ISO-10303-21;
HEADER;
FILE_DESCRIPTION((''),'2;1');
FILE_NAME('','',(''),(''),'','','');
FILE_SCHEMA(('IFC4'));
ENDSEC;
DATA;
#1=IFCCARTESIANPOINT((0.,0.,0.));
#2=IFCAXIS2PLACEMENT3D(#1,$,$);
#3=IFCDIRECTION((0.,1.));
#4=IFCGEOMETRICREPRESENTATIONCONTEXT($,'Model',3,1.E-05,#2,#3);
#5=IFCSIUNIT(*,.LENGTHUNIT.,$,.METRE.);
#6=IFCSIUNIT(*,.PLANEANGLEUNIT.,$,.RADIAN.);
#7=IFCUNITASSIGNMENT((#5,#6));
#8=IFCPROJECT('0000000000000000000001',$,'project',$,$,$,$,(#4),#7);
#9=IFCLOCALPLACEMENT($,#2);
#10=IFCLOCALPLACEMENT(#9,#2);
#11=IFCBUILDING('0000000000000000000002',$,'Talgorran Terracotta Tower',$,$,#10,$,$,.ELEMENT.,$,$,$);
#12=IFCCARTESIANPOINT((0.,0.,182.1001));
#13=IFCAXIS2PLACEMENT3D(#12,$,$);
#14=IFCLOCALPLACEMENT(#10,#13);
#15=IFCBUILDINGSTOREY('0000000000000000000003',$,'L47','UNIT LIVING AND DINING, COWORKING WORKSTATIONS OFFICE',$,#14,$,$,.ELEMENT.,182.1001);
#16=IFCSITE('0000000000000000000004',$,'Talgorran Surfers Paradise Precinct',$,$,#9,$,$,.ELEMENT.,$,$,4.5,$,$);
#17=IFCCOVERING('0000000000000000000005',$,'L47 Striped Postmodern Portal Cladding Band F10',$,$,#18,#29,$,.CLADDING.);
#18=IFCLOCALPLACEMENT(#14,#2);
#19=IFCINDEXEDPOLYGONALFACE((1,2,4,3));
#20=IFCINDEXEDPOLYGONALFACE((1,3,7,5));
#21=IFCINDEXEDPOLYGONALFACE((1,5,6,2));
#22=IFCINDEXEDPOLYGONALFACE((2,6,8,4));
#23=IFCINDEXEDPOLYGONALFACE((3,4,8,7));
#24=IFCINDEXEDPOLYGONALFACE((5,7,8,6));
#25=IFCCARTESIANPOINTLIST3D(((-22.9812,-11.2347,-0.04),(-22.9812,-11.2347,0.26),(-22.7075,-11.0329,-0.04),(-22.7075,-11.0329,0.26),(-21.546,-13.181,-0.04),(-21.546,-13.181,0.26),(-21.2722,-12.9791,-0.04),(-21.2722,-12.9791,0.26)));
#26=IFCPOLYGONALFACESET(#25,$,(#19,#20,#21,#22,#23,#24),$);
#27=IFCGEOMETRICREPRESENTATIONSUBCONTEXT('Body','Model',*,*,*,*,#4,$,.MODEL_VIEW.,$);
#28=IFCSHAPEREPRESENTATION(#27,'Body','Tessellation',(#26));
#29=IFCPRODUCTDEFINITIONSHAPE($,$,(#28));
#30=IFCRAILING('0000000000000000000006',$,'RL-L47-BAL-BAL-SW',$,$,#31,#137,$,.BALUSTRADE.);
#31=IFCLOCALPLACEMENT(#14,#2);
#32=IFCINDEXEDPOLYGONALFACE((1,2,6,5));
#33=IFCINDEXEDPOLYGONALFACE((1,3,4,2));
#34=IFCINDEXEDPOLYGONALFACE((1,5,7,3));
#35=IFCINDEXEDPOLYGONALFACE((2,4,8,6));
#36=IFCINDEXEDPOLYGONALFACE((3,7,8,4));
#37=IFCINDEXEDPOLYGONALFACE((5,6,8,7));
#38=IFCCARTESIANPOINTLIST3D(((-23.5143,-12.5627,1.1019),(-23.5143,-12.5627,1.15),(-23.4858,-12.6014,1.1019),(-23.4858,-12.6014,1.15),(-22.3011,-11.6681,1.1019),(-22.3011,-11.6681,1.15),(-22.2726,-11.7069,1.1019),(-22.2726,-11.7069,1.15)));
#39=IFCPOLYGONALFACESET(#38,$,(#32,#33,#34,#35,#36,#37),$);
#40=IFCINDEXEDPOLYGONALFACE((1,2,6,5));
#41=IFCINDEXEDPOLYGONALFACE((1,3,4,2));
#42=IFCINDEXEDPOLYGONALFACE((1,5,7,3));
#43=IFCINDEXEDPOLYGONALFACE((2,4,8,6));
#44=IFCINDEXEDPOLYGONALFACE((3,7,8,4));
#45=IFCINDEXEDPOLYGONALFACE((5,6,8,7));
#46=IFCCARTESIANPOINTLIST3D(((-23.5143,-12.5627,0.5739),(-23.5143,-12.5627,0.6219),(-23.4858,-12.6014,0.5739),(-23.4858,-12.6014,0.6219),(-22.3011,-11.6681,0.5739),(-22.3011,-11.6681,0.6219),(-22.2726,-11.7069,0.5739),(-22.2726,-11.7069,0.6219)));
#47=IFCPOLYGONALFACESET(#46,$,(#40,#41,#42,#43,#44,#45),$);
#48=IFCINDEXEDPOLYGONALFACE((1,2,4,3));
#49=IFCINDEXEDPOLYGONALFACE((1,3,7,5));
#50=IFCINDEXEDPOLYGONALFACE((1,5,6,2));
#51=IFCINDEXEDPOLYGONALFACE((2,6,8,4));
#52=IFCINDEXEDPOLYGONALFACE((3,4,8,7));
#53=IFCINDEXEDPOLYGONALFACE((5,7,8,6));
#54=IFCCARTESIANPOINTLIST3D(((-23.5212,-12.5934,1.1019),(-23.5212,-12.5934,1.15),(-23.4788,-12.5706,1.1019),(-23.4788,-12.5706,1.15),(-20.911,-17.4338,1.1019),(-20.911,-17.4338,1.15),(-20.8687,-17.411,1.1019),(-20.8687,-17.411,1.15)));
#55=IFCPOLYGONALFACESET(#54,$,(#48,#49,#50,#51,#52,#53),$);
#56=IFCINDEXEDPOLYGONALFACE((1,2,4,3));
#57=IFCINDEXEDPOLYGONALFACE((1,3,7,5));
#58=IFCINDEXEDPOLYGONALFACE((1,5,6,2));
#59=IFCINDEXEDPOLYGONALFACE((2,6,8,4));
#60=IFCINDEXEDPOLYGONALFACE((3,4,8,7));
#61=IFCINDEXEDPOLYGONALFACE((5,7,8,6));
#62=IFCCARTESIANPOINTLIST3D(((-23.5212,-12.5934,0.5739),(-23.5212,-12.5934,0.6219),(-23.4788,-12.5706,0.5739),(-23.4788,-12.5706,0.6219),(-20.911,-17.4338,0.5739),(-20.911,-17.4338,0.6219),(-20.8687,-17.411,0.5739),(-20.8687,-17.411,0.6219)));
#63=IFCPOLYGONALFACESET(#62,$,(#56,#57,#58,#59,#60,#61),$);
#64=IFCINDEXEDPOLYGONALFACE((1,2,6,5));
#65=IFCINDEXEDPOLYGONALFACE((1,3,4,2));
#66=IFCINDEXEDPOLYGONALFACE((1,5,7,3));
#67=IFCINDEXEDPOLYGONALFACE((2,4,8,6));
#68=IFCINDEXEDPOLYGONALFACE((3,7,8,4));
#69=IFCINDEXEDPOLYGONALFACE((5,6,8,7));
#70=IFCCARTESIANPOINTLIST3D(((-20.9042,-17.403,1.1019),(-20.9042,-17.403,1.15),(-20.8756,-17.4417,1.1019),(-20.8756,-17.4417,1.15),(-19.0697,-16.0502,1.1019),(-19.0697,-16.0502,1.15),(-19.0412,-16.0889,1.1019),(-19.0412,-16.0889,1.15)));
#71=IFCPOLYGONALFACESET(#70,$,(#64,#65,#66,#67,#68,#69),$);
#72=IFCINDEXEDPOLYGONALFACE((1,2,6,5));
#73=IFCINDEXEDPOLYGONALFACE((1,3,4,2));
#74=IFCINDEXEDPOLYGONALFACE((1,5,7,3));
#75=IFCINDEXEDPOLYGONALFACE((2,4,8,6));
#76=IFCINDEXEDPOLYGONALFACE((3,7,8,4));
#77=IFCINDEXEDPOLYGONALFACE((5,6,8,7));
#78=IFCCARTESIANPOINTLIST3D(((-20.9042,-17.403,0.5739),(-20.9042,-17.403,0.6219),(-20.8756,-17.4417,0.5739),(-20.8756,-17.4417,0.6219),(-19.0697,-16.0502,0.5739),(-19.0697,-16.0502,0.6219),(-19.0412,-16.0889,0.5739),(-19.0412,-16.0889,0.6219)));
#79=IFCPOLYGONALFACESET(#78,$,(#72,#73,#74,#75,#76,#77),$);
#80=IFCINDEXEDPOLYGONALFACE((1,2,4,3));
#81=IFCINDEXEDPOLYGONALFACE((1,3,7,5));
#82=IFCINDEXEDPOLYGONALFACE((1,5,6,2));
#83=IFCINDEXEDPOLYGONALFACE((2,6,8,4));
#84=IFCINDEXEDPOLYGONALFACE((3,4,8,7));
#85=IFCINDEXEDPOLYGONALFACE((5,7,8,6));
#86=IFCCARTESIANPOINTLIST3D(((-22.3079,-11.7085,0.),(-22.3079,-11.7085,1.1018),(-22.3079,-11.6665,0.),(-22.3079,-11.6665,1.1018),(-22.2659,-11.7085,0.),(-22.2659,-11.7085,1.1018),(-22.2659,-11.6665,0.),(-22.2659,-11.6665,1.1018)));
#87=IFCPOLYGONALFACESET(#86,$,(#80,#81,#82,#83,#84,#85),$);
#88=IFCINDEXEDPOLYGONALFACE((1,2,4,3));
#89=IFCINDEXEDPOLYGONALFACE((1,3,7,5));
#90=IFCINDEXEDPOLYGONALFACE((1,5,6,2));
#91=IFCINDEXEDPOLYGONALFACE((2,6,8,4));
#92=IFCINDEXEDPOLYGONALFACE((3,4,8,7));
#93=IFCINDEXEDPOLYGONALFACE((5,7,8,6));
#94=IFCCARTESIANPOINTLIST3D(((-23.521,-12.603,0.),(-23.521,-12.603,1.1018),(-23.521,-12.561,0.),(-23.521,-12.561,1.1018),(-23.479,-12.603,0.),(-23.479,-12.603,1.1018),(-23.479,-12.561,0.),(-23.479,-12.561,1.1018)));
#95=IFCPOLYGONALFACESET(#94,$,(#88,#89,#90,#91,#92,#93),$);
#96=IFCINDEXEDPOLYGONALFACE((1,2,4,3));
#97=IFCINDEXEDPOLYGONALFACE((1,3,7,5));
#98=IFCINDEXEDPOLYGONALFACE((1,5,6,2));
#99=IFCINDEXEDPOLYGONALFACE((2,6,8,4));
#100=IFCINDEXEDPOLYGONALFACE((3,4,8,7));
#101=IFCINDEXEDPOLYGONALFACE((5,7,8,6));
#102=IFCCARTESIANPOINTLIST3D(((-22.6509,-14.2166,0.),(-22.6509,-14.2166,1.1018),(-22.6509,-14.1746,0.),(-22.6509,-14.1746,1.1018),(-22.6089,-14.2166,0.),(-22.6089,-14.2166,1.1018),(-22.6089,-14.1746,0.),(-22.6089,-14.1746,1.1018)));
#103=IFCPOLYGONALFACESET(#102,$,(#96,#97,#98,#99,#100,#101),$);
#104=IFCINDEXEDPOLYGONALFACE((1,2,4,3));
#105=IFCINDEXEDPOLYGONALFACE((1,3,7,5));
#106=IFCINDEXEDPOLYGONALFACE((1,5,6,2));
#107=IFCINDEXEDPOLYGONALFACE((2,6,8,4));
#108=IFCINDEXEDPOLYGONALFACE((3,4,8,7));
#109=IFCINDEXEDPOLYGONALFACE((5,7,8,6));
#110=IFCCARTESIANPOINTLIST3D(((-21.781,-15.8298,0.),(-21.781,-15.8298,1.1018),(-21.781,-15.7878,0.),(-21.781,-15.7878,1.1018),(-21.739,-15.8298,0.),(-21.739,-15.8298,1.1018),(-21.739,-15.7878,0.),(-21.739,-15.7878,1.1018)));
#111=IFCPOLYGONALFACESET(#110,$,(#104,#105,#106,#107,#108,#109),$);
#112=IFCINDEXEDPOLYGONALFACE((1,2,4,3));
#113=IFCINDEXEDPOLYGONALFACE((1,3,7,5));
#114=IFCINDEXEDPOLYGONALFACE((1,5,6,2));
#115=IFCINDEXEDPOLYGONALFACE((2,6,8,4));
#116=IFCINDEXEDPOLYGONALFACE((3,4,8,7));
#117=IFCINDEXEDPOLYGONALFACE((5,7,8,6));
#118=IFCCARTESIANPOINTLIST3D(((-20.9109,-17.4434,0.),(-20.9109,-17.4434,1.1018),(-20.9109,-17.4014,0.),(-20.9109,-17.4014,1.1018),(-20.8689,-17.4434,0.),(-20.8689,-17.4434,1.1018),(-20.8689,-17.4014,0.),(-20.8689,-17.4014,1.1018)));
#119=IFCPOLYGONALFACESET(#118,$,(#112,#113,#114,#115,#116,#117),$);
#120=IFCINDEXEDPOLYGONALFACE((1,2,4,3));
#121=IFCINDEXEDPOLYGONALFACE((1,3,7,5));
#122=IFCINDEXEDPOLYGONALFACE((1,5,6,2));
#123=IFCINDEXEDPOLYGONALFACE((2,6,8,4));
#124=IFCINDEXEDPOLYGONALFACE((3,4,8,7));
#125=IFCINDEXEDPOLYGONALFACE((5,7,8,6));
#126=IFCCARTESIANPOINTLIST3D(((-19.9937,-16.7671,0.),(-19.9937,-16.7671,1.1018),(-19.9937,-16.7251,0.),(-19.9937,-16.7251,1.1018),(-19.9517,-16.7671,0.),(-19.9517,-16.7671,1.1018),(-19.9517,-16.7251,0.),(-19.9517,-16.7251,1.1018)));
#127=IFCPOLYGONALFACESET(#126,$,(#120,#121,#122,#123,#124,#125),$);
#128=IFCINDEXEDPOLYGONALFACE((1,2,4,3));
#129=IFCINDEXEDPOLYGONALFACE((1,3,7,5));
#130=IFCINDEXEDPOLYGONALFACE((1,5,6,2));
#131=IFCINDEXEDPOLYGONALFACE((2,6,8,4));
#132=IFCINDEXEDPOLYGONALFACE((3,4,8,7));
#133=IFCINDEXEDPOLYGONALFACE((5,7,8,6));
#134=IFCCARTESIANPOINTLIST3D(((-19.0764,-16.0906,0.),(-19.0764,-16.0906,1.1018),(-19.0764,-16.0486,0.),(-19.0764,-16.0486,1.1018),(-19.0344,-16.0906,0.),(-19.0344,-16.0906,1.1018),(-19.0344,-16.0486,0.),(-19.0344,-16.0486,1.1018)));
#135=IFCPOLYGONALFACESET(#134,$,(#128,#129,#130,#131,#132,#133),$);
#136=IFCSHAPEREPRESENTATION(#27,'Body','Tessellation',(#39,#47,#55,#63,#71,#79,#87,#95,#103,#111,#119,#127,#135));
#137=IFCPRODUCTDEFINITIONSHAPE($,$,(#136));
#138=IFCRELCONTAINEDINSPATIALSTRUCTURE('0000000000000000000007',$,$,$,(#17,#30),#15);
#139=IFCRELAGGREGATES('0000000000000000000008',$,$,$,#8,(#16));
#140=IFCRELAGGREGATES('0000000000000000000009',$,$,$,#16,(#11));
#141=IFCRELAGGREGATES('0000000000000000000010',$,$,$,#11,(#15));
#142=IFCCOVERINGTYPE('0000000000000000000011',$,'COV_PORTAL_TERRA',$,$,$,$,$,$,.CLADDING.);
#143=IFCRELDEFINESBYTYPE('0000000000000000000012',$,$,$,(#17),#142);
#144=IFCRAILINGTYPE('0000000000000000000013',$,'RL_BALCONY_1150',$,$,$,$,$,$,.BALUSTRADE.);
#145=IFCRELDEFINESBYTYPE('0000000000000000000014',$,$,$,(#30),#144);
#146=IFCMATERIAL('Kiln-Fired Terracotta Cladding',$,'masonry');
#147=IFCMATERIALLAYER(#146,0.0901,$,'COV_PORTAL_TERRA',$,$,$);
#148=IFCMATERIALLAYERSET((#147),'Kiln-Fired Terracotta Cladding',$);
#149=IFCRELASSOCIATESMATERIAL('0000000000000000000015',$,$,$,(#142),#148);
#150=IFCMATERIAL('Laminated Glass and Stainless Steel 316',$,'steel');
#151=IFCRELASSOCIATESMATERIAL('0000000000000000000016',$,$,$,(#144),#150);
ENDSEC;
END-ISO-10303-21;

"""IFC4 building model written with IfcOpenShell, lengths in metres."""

from ifc_helpers import new_model, si_unit, direction, frame, origin, origin_2d, place, context, subcontext, project, spatial, rectangle, extrude, material, layer, layer_set, type_object, element, save


model = new_model("IFC4")

# Units and contexts
model_context = context("Model", 3, precision=1e-05, world=origin(), true_north=direction((0.0, 1.0)))
body_context = subcontext(model_context, "Body", "Model", "MODEL_VIEW")
ifc_project = project(units=[si_unit("LENGTHUNIT", "METRE"), si_unit("PLANEANGLEUNIT", "RADIAN")], contexts=[model_context])

# Site, building, storey
site_placement = place(None, origin())
site = spatial("IfcSite", under=ifc_project, at=site_placement, Name="Talgorran Surfers Paradise Precinct", CompositionType="ELEMENT", RefElevation=4.5)
building_placement = place(site_placement, origin())
building = spatial("IfcBuilding", under=site, at=building_placement, Name="Talgorran Terracotta Tower", CompositionType="ELEMENT")
storey_placement = place(building_placement, frame((0.0, 0.0, 182.1001)))
storey = spatial("IfcBuildingStorey", under=building, at=storey_placement, Name="L47", Description="UNIT LIVING AND DINING, COWORKING WORKSTATIONS OFFICE", CompositionType="ELEMENT", Elevation=182.1001)

# Covering
ifc_material_1 = material(Name="Kiln-Fired Terracotta Cladding", Category="masonry")
ifc_layer_1 = layer(ifc_material_1, 0.0901, Name="COV_PORTAL_TERRA")
ifc_layer_set_1 = layer_set([ifc_layer_1], Name="Kiln-Fired Terracotta Cladding")
covering_type = type_object("IfcCoveringType", Name="COV_PORTAL_TERRA", PredefinedType="CLADDING", material=ifc_layer_set_1)
covering_placement = place(storey_placement, frame((-22.1267, -12.1069, -0.04), z_axis=(0.0, 0.0, 1.0), x_axis=(0.593503, -0.804832, 0.0)))
element("IfcCovering", 1, at=covering_placement, inside=storey, type_object=covering_type, Name="L47 Striped Postmodern Portal Cladding Band F10", PredefinedType="CLADDING", context=body_context, shape_type="SweptSolid", body=[
    extrude(rectangle(XDim=2.4182, YDim=0.3401, at=origin_2d()), origin(), (0.0, 0.0, 1.0), 0.3),
])

# Railing
ifc_material_2 = material(Name="Laminated Glass and Stainless Steel 316", Category="steel")
railing_type = type_object("IfcRailingType", Name="RL_BALCONY_1150", PredefinedType="BALUSTRADE", material=ifc_material_2)
railing_placement = place(storey_placement, frame((-22.2869, -11.6875, 0.0)))
element("IfcRailing", 2, at=railing_placement, inside=storey, type_object=railing_type, Name="RL-L47-BAL-BAL-SW", PredefinedType="BALUSTRADE", context=body_context, shape_type="SweptSolid", body=[
    extrude(rectangle(XDim=0.0481, YDim=0.0481, at=origin_2d()), frame((0.0, 0.0, 1.126), z_axis=(-0.804852, -0.593475, 0.0), x_axis=(0.593475, -0.804852, 0.0)), (0.0, 0.0, 1.0), 1.5073),
    extrude(rectangle(XDim=0.0481, YDim=0.0481, at=origin_2d()), frame((0.0, 0.0, 0.5979), z_axis=(-0.804852, -0.593475, 0.0), x_axis=(0.593475, -0.804852, 0.0)), (0.0, 0.0, 1.0), 1.5073),
    extrude(rectangle(XDim=0.0481, YDim=0.0481, at=origin_2d()), frame((-1.2131, -0.8945, 1.126), z_axis=(0.474632, -0.880184, 0.0), x_axis=(0.880184, 0.474632, 0.0)), (0.0, 0.0, 1.0), 5.4993),
    extrude(rectangle(XDim=0.0481, YDim=0.0481, at=origin_2d()), frame((-1.2131, -0.8945, 0.5979), z_axis=(0.474632, -0.880184, 0.0), x_axis=(0.880184, 0.474632, 0.0)), (0.0, 0.0, 1.0), 5.4993),
    extrude(rectangle(XDim=0.0481, YDim=0.0481, at=origin_2d()), frame((1.397, -5.7349, 1.126), z_axis=(0.804832, 0.593502, 0.0), x_axis=(-0.593502, 0.804832, 0.0)), (0.0, 0.0, 1.0), 2.2793),
    extrude(rectangle(XDim=0.0481, YDim=0.0481, at=origin_2d()), frame((1.397, -5.7349, 0.5979), z_axis=(0.804832, 0.593502, 0.0), x_axis=(-0.593502, 0.804832, 0.0)), (0.0, 0.0, 1.0), 2.2793),
    extrude(rectangle(XDim=0.042, YDim=0.042, at=origin_2d()), origin(), (0.0, 0.0, 1.0), 1.1018),
    extrude(rectangle(XDim=0.042, YDim=0.042, at=origin_2d()), frame((-1.2131, -0.8945, 0.0)), (0.0, 0.0, 1.0), 1.1018),
    extrude(rectangle(XDim=0.042, YDim=0.042, at=origin_2d()), frame((-0.343, -2.5081, 0.0)), (0.0, 0.0, 1.0), 1.1018),
    extrude(rectangle(XDim=0.042, YDim=0.042, at=origin_2d()), frame((0.5269, -4.1213, 0.0)), (0.0, 0.0, 1.0), 1.1018),
    extrude(rectangle(XDim=0.042, YDim=0.042, at=origin_2d()), frame((1.397, -5.7349, 0.0)), (0.0, 0.0, 1.0), 1.1018),
    extrude(rectangle(XDim=0.042, YDim=0.042, at=origin_2d()), frame((2.3142, -5.0586, 0.0)), (0.0, 0.0, 1.0), 1.1018),
    extrude(rectangle(XDim=0.042, YDim=0.042, at=origin_2d()), frame((3.2314, -4.3821, 0.0)), (0.0, 0.0, 1.0), 1.1018),
])

save(model, "model.ifc")
